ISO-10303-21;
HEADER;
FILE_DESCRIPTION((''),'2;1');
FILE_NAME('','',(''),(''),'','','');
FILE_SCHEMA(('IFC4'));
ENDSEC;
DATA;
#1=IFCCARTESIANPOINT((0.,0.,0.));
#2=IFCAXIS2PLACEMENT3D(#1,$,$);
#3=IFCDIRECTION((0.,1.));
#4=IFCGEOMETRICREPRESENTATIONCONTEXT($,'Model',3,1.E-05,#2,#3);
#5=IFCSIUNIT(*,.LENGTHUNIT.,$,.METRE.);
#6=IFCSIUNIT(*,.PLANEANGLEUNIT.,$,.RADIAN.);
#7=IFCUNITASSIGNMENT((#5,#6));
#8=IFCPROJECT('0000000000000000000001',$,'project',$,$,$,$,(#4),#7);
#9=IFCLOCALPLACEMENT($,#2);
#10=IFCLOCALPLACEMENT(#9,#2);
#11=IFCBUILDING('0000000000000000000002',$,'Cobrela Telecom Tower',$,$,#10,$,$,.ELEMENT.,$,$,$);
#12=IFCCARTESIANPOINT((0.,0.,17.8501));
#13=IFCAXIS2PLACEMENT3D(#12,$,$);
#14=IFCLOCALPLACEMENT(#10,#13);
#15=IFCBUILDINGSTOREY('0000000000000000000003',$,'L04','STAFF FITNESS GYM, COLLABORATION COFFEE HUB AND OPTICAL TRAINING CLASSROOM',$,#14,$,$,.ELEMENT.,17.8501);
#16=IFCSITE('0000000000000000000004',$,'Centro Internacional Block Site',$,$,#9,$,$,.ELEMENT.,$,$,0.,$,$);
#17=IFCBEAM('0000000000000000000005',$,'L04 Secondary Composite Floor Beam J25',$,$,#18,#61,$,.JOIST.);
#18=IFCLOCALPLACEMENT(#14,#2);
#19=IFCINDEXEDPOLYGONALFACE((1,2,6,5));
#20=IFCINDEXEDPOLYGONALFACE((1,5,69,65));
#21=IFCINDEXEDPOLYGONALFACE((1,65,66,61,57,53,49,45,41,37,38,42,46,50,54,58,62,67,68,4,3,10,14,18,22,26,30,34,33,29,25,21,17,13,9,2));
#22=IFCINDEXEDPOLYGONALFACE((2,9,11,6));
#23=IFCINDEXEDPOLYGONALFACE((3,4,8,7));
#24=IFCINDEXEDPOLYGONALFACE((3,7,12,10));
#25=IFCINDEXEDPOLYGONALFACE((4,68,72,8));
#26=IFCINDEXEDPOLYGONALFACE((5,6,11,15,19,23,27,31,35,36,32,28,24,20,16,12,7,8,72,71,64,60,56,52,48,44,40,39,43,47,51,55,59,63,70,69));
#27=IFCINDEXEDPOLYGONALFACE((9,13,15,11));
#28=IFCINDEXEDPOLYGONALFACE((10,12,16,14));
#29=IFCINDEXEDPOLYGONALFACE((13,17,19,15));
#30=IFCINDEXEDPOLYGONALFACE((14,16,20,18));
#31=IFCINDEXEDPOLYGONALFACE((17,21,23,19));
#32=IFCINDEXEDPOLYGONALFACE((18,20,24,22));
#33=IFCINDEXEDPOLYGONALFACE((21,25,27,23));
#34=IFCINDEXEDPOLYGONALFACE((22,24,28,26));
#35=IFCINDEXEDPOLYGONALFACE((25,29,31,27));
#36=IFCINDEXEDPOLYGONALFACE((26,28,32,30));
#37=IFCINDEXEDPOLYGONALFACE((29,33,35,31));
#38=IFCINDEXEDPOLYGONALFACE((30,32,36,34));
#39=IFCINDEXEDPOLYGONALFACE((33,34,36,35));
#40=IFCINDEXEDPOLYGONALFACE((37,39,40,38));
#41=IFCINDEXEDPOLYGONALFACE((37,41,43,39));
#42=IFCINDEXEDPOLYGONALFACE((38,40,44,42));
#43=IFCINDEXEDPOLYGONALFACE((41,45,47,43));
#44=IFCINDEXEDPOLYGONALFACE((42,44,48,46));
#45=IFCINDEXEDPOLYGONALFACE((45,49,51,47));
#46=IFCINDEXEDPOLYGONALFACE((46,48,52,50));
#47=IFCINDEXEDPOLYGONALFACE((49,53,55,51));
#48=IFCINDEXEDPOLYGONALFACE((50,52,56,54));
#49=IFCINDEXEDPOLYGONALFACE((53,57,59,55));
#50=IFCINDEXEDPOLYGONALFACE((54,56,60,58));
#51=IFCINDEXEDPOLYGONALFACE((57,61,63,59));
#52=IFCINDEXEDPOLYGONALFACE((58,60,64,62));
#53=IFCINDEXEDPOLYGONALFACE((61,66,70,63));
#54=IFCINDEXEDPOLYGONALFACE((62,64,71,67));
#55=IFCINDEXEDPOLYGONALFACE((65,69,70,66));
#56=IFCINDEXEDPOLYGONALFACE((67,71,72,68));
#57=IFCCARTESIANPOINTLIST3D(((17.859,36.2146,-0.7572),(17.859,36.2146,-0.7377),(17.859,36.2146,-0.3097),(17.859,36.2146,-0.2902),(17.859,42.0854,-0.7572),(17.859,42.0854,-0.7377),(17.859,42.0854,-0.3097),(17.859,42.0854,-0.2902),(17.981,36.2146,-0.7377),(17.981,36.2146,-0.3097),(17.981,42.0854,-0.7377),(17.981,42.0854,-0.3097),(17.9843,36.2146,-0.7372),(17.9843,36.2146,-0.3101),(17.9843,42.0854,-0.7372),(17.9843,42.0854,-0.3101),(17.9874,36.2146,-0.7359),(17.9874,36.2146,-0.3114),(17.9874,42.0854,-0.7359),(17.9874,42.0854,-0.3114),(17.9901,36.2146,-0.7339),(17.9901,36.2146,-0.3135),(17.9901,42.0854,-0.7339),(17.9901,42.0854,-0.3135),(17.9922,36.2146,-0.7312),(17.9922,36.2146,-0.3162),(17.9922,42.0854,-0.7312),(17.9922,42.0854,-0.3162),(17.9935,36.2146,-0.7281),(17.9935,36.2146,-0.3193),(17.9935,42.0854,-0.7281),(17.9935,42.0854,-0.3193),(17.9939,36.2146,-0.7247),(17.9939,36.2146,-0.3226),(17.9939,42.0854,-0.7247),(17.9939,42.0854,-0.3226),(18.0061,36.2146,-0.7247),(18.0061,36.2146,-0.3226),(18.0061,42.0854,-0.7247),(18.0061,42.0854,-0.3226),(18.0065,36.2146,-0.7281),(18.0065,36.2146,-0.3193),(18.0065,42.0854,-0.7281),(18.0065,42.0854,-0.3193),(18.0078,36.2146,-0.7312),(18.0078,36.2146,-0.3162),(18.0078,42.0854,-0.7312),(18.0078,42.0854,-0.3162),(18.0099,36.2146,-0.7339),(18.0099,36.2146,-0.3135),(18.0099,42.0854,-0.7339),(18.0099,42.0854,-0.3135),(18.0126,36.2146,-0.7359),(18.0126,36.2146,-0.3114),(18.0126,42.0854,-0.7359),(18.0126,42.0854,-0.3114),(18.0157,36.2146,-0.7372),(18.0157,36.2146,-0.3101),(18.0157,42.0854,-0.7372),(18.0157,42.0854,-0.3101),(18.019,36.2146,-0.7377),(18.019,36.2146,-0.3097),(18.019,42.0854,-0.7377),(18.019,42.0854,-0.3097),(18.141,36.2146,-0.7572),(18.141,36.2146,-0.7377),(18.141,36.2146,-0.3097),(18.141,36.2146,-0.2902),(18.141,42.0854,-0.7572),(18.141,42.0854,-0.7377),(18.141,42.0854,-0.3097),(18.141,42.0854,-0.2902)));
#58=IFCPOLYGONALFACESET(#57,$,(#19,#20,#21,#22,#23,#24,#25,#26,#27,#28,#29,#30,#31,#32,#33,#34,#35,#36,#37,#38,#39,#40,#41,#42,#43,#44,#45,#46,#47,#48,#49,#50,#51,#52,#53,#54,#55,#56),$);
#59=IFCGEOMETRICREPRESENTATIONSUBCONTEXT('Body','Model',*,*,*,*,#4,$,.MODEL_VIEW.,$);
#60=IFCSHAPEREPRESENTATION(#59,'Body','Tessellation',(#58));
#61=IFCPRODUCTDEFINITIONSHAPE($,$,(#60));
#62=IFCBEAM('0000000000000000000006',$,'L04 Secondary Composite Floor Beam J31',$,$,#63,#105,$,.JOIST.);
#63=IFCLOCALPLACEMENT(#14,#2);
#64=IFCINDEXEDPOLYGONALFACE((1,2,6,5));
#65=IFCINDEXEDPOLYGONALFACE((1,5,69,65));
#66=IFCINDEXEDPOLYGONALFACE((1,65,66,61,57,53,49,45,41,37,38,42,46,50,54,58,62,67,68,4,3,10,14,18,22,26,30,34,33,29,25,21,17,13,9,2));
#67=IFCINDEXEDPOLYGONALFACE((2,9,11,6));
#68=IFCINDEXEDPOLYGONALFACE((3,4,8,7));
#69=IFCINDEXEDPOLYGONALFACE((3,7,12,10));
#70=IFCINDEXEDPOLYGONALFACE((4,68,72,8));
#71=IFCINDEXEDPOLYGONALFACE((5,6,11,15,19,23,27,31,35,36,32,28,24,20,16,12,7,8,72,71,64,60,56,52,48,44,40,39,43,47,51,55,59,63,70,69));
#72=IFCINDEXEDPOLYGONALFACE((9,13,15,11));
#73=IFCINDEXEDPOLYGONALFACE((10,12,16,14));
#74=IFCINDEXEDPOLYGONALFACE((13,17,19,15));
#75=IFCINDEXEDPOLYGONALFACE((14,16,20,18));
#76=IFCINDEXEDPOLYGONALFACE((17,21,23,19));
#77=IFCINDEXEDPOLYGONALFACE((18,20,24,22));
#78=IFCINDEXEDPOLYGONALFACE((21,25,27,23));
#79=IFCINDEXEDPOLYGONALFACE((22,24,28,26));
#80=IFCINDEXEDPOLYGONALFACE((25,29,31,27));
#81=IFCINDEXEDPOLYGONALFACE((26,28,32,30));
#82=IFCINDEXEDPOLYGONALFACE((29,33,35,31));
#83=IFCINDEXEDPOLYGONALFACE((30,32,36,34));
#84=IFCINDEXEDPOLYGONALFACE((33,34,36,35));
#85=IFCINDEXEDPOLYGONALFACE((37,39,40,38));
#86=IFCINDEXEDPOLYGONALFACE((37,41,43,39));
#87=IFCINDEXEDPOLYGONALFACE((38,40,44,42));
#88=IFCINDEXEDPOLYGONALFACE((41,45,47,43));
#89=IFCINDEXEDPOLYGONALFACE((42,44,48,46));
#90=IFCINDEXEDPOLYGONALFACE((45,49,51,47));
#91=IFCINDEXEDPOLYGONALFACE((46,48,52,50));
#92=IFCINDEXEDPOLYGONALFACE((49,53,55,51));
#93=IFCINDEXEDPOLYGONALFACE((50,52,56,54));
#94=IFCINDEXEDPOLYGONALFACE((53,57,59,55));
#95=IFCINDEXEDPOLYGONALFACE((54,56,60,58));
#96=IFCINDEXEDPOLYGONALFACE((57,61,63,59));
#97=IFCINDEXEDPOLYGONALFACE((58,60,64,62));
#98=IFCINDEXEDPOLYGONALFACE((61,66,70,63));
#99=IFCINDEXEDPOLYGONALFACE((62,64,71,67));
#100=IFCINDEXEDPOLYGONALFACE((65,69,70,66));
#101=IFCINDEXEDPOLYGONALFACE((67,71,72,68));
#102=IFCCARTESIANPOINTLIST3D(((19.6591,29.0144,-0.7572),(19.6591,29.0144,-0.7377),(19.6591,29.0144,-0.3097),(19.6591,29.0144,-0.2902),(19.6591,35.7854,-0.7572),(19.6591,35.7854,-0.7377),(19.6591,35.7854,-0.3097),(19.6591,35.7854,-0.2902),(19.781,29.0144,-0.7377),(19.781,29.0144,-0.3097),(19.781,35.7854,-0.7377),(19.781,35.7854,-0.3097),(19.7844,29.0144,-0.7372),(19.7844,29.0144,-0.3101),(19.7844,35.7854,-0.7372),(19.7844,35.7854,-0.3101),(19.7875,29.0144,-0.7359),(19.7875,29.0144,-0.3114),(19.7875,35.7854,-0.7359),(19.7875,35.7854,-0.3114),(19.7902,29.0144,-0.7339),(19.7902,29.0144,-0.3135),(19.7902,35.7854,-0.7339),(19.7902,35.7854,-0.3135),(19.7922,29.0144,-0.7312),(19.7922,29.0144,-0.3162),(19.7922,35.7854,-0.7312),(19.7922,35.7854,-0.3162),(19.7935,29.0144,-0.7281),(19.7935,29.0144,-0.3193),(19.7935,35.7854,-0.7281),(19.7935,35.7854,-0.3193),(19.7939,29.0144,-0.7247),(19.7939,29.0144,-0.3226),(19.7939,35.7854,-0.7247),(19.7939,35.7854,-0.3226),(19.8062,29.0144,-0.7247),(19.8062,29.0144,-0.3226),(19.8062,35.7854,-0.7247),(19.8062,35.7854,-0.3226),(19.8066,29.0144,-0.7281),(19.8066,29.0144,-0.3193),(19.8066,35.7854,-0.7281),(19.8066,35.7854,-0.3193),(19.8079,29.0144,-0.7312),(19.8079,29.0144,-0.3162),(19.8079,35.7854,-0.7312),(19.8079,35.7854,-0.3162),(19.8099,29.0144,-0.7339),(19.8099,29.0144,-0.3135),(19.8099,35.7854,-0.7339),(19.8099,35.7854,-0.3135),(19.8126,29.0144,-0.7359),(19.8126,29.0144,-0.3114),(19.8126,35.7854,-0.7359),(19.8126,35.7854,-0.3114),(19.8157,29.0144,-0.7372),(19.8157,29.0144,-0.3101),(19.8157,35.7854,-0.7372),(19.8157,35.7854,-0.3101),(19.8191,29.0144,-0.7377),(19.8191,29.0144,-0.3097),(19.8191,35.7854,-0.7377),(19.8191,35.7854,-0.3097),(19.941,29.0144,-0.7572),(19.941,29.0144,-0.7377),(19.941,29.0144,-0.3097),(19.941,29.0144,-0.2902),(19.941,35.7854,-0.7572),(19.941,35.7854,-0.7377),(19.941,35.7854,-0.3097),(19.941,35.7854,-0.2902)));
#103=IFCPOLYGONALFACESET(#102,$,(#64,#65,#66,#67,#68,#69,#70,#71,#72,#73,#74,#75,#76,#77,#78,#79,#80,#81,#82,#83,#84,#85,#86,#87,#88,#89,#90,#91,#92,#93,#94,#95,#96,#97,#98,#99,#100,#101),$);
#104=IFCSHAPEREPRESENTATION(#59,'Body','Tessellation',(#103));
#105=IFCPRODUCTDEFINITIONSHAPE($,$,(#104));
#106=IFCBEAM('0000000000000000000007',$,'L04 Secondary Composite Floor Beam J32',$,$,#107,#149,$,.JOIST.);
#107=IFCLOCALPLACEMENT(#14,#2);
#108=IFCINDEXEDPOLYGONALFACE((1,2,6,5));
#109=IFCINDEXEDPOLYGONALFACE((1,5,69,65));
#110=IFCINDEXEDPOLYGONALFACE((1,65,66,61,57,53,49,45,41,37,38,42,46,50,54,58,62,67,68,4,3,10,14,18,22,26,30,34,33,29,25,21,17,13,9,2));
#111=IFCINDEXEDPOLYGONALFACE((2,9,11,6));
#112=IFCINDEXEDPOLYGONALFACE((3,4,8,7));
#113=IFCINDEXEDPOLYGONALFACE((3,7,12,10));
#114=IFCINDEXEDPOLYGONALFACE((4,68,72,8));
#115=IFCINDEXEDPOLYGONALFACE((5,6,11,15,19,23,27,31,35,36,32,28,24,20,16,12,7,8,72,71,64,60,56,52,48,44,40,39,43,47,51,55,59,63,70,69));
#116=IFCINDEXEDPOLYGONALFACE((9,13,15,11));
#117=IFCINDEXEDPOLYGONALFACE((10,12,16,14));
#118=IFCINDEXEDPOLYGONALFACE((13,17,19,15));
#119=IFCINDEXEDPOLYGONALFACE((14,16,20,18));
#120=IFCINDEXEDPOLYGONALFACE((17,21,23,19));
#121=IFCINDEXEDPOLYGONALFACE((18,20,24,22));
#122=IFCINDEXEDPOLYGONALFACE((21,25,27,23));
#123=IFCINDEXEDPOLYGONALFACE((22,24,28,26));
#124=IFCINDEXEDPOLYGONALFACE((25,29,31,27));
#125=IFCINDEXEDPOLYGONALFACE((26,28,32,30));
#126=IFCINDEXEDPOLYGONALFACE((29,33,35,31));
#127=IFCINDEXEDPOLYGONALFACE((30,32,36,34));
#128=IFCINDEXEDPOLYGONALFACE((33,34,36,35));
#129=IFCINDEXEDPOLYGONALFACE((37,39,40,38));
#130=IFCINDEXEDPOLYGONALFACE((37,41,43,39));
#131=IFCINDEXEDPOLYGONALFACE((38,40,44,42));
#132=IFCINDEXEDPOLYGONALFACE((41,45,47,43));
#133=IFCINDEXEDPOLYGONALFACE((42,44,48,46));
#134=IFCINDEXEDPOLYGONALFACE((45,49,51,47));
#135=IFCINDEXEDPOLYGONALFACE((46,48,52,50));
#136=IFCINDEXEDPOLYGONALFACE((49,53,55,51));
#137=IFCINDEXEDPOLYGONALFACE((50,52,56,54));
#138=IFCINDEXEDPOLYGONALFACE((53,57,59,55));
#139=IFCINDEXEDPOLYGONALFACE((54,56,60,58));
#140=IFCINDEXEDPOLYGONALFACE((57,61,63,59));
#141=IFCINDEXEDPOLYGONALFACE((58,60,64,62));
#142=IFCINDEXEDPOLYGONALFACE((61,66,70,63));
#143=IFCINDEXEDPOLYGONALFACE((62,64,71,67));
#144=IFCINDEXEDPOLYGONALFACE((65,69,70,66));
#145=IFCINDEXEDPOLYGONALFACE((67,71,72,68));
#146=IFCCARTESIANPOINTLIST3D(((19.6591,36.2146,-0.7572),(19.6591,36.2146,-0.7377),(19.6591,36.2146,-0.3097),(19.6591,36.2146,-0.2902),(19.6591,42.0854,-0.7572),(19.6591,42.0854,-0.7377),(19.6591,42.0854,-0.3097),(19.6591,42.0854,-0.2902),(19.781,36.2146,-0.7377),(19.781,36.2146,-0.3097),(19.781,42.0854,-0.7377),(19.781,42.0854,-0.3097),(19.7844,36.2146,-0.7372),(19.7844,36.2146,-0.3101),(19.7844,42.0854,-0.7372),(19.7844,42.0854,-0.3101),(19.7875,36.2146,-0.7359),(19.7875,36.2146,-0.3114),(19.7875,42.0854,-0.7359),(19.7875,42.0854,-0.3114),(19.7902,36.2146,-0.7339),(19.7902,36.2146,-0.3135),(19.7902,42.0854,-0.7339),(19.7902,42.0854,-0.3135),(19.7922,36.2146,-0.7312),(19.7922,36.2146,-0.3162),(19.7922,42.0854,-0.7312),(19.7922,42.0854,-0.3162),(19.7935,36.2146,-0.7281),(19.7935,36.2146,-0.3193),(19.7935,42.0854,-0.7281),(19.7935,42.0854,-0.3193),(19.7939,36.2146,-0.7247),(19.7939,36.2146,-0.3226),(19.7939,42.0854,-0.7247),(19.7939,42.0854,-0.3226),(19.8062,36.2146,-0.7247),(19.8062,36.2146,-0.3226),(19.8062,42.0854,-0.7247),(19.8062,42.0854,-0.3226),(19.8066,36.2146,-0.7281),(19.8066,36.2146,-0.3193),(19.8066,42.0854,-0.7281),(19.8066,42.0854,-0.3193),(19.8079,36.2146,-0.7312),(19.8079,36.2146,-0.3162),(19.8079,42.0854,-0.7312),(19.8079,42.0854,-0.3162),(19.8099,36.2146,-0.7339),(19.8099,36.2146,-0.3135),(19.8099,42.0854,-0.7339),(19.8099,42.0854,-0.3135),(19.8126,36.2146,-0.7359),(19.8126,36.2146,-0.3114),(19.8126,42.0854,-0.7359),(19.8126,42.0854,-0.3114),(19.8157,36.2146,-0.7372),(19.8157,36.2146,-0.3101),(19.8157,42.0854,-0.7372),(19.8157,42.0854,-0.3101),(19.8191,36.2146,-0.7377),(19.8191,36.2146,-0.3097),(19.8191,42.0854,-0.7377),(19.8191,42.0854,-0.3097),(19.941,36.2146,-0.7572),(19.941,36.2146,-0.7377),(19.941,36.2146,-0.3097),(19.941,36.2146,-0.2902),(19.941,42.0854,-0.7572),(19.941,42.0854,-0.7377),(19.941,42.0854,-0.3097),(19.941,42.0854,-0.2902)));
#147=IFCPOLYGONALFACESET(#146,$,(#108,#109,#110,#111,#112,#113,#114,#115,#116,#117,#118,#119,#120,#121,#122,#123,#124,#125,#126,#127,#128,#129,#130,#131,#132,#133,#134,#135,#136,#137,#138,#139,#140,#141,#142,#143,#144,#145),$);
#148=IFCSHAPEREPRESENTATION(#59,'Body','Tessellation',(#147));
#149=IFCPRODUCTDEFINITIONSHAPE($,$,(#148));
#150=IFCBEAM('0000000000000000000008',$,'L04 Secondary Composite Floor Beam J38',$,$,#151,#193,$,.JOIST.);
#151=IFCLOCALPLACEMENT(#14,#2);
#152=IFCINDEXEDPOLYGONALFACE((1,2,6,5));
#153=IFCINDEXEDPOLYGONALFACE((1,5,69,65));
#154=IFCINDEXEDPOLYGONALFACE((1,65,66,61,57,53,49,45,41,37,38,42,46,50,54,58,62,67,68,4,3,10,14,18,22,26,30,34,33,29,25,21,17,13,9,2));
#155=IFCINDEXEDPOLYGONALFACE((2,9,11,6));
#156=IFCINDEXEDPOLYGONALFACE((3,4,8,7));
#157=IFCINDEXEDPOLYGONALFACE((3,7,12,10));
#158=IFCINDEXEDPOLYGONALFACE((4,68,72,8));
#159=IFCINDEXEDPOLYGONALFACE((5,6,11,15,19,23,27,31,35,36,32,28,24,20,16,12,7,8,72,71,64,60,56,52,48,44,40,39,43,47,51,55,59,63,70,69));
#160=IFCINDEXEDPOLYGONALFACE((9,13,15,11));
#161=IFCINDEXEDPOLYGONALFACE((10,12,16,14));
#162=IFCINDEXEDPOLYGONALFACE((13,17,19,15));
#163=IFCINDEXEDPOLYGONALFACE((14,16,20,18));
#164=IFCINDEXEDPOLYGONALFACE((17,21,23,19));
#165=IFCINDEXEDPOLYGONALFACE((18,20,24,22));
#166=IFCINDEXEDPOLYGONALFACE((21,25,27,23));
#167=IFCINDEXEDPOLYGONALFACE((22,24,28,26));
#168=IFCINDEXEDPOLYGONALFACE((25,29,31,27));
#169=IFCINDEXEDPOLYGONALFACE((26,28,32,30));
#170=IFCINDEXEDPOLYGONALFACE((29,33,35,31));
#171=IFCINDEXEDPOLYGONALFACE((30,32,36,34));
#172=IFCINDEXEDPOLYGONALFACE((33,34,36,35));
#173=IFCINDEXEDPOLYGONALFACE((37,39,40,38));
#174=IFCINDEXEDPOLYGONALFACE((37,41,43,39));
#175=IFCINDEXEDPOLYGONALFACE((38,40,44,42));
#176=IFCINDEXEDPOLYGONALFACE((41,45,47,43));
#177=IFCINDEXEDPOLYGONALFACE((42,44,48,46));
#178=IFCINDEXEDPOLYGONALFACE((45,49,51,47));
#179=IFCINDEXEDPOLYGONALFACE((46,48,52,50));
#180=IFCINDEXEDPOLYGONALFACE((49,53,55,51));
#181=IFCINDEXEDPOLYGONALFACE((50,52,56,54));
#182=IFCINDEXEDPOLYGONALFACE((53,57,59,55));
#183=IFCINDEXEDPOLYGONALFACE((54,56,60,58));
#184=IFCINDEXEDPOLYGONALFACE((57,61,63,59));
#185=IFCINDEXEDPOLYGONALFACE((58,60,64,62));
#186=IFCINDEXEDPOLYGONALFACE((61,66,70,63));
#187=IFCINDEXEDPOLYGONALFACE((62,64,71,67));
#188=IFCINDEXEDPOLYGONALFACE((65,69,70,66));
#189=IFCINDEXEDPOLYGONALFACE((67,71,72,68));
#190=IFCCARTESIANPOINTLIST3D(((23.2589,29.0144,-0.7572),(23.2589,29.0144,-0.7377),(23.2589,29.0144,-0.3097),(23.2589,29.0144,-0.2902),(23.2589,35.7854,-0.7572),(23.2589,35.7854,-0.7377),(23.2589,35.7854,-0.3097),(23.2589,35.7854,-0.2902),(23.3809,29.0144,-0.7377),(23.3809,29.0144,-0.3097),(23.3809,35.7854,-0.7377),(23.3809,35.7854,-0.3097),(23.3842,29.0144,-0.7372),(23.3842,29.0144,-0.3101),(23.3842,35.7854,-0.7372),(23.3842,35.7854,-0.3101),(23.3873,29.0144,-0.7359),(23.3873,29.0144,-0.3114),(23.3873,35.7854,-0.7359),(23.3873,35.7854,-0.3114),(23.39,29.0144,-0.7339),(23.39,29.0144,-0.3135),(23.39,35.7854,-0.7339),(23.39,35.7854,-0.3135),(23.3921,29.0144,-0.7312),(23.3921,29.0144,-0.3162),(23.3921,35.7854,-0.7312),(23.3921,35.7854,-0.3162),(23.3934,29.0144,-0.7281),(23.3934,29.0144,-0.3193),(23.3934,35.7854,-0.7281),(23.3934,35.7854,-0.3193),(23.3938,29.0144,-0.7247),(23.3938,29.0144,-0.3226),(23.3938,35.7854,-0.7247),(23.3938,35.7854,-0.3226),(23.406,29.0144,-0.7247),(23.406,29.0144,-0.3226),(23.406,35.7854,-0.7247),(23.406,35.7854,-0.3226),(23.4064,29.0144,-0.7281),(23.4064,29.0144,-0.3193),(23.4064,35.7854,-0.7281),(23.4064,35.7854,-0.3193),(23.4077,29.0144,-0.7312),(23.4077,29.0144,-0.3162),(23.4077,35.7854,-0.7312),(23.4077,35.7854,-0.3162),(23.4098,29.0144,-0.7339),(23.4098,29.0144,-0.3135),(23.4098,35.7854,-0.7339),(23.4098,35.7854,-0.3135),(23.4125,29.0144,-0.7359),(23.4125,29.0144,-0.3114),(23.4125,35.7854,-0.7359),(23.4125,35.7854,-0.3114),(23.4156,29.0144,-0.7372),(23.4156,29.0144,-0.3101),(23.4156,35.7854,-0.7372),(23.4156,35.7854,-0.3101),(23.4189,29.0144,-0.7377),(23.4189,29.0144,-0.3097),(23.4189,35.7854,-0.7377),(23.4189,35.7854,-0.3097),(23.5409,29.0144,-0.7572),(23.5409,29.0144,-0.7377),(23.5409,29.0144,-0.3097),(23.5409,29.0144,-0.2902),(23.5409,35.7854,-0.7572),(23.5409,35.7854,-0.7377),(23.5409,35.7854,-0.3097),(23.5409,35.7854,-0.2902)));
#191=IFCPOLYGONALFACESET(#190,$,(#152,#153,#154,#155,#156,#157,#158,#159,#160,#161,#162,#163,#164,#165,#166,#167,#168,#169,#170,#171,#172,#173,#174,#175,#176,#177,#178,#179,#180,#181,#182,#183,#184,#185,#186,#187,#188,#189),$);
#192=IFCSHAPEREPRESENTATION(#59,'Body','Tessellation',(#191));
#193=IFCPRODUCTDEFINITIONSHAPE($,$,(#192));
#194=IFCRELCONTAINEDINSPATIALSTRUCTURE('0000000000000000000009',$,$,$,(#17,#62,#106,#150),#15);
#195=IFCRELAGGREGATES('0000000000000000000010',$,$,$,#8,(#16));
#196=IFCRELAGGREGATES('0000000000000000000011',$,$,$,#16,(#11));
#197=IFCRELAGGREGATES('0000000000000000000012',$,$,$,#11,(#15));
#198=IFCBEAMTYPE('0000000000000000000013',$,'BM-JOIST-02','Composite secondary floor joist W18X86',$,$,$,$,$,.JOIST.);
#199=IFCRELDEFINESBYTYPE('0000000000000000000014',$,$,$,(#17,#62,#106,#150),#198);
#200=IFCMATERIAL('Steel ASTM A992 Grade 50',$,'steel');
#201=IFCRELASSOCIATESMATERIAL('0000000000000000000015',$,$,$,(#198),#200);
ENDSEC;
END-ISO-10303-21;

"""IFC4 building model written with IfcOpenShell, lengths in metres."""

from ifc_helpers import new_model, si_unit, direction, frame, origin, origin_2d, place, context, subcontext, project, spatial, i_section, extrude, material, material_profile, profile_set, type_object, element, save


model = new_model("IFC4")

# Units and contexts
model_context = context("Model", 3, precision=1e-05, world=origin(), true_north=direction((0.0, 1.0)))
body_context = subcontext(model_context, "Body", "Model", "MODEL_VIEW")
ifc_project = project(units=[si_unit("LENGTHUNIT", "METRE"), si_unit("PLANEANGLEUNIT", "RADIAN")], contexts=[model_context])

# Site, building, storey
site_placement = place(None, origin())
site = spatial("IfcSite", under=ifc_project, at=site_placement, Name="Centro Internacional Block Site", CompositionType="ELEMENT", RefElevation=0.0)
building_placement = place(site_placement, origin())
building = spatial("IfcBuilding", under=site, at=building_placement, Name="Cobrela Telecom Tower", CompositionType="ELEMENT")
storey_placement = place(building_placement, frame((0.0, 0.0, 17.8501)))
storey = spatial("IfcBuildingStorey", under=building, at=storey_placement, Name="L04", Description="STAFF FITNESS GYM, COLLABORATION COFFEE HUB AND OPTICAL TRAINING CLASSROOM", CompositionType="ELEMENT", Elevation=17.8501)

# Beams
ifc_material_1 = material(Name="Steel ASTM A992 Grade 50", Category="steel")
ifc_material_profile_1 = material_profile(ifc_material_1, i_section(OverallWidth=0.282, OverallDepth=0.467, WebThickness=0.0122, FlangeThickness=0.0195, FilletRadius=0.0129, at=origin_2d()), Name="W18X86")
ifc_profile_set_1 = profile_set([ifc_material_profile_1], Name="Steel ASTM A992 Grade 50")
beam_type_1 = type_object("IfcBeamType", Name="BM-JOIST-02", Description="Composite secondary floor joist W18X86", PredefinedType="JOIST", material=ifc_profile_set_1)
beam_1_placement = place(storey_placement, frame((18.0, 36.2146, -0.5237), z_axis=(0.0, 1.0, 0.0), x_axis=(-1.0, 0.0, 0.0)))
element("IfcBeam", 1, at=beam_1_placement, inside=storey, type_object=beam_type_1, Name="L04 Secondary Composite Floor Beam J25", PredefinedType="JOIST", context=body_context, shape_type="SweptSolid", body=[
    extrude(i_section(OverallWidth=0.282, OverallDepth=0.467, WebThickness=0.0122, FlangeThickness=0.0195, FilletRadius=0.0129, at=origin_2d()), origin(), (0.0, 0.0, 1.0), 5.8708),
])
beam_2_placement = place(storey_placement, frame((19.8, 29.0144, -0.5237), z_axis=(0.0, 1.0, 0.0), x_axis=(-1.0, 0.0, 0.0)))
element("IfcBeam", 2, at=beam_2_placement, inside=storey, type_object=beam_type_1, Name="L04 Secondary Composite Floor Beam J31", PredefinedType="JOIST", context=body_context, shape_type="SweptSolid", body=[
    extrude(i_section(OverallWidth=0.282, OverallDepth=0.467, WebThickness=0.0122, FlangeThickness=0.0195, FilletRadius=0.0129, at=origin_2d()), origin(), (0.0, 0.0, 1.0), 6.771),
])
beam_3_placement = place(storey_placement, frame((19.8, 36.2146, -0.5237), z_axis=(0.0, 1.0, 0.0), x_axis=(-1.0, 0.0, 0.0)))
element("IfcBeam", 3, at=beam_3_placement, inside=storey, type_object=beam_type_1, Name="L04 Secondary Composite Floor Beam J32", PredefinedType="JOIST", context=body_context, shape_type="SweptSolid", body=[
    extrude(i_section(OverallWidth=0.282, OverallDepth=0.467, WebThickness=0.0122, FlangeThickness=0.0195, FilletRadius=0.0129, at=origin_2d()), origin(), (0.0, 0.0, 1.0), 5.8708),
])
beam_4_placement = place(storey_placement, frame((23.3999, 29.0144, -0.5237), z_axis=(0.0, 1.0, 0.0), x_axis=(-1.0, 0.0, 0.0)))
element("IfcBeam", 4, at=beam_4_placement, inside=storey, type_object=beam_type_1, Name="L04 Secondary Composite Floor Beam J38", PredefinedType="JOIST", context=body_context, shape_type="SweptSolid", body=[
    extrude(i_section(OverallWidth=0.282, OverallDepth=0.467, WebThickness=0.0122, FlangeThickness=0.0195, FilletRadius=0.0129, at=origin_2d()), origin(), (0.0, 0.0, 1.0), 6.771),
])

save(model, "model.ifc")
